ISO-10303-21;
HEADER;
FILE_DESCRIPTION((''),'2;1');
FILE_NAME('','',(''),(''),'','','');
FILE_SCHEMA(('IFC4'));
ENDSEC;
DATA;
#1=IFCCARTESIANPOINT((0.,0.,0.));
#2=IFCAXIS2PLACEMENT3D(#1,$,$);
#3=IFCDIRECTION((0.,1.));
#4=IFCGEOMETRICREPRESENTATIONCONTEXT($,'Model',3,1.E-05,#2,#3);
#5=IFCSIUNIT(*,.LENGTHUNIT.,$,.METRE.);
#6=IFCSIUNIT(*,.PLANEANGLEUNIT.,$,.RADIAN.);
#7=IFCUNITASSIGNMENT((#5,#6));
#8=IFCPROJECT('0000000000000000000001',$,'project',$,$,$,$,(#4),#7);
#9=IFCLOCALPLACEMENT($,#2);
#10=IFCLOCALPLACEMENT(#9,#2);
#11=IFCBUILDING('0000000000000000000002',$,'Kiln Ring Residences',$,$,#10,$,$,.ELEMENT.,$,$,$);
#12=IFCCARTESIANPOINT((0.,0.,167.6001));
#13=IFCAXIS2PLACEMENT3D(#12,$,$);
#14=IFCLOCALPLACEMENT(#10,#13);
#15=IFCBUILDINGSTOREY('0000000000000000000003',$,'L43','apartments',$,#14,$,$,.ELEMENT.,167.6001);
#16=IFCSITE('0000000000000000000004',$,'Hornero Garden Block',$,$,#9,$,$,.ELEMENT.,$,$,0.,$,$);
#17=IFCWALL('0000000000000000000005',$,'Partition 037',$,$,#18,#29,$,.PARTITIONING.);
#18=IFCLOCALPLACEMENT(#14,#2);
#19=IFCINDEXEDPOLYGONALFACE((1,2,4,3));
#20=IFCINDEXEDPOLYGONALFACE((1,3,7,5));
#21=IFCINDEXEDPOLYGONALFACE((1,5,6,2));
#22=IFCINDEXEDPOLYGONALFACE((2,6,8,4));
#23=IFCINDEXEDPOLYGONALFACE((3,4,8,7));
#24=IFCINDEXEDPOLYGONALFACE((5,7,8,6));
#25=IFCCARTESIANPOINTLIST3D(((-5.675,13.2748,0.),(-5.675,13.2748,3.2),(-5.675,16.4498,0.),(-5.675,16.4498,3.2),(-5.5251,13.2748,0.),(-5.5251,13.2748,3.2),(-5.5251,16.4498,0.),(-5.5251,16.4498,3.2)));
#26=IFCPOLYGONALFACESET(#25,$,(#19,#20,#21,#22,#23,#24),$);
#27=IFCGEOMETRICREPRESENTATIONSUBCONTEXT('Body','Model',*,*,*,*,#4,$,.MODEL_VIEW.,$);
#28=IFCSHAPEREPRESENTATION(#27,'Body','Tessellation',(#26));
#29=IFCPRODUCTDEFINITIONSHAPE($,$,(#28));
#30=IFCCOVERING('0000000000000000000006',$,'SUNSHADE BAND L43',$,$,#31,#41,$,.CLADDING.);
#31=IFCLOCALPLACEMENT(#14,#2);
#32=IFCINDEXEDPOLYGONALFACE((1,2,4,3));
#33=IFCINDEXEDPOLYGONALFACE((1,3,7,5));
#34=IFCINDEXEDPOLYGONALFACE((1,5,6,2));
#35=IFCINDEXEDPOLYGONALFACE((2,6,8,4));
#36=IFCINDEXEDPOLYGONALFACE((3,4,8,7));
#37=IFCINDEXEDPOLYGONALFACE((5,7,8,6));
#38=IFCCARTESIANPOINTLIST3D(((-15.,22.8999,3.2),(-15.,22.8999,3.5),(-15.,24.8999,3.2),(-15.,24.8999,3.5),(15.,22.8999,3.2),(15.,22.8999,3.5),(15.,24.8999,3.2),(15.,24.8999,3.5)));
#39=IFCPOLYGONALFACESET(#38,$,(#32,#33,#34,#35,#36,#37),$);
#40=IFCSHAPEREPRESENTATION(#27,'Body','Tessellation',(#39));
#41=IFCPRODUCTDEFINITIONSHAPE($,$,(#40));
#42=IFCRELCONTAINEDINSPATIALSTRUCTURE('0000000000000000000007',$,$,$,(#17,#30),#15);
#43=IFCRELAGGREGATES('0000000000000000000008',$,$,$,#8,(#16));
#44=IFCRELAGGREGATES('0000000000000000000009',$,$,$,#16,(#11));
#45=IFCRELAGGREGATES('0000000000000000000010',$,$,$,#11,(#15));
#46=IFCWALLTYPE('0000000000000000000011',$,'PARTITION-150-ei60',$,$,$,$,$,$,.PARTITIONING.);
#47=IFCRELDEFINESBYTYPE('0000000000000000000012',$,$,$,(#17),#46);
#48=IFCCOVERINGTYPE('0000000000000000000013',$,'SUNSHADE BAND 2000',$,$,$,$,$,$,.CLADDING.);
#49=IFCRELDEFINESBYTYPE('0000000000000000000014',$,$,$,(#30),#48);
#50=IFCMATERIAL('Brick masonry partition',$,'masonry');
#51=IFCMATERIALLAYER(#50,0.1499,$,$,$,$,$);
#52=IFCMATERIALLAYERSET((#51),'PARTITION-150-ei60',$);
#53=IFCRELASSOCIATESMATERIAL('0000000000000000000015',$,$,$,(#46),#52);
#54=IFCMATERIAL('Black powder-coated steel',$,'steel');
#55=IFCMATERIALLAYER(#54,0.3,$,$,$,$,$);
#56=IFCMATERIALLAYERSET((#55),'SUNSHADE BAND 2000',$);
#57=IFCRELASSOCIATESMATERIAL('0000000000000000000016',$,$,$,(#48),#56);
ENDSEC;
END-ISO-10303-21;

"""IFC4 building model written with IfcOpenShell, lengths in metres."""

from ifc_helpers import new_model, si_unit, direction, frame, frame_2d, origin, place, context, subcontext, project, spatial, polyline, rectangle, outline, extrude, material, layer, layer_set, type_object, element, save


model = new_model("IFC4")

# Units and contexts
model_context = context("Model", 3, precision=1e-05, world=origin(), true_north=direction((0.0, 1.0)))
body_context = subcontext(model_context, "Body", "Model", "MODEL_VIEW")
ifc_project = project(units=[si_unit("LENGTHUNIT", "METRE"), si_unit("PLANEANGLEUNIT", "RADIAN")], contexts=[model_context])

# Site, building, storey
site_placement = place(None, origin())
site = spatial("IfcSite", under=ifc_project, at=site_placement, Name="Hornero Garden Block", CompositionType="ELEMENT", RefElevation=0.0)
building_placement = place(site_placement, origin())
building = spatial("IfcBuilding", under=site, at=building_placement, Name="Kiln Ring Residences", CompositionType="ELEMENT")
storey_placement = place(building_placement, frame((0.0, 0.0, 167.6001)))
storey = spatial("IfcBuildingStorey", under=building, at=storey_placement, Name="L43", Description="apartments", CompositionType="ELEMENT", Elevation=167.6001)

# Wall
ifc_material_1 = material(Name="Brick masonry partition", Category="masonry")
ifc_layer_1 = layer(ifc_material_1, 0.1499)
ifc_layer_set_1 = layer_set([ifc_layer_1], Name="PARTITION-150-ei60")
wall_type_1 = type_object("IfcWallType", Name="PARTITION-150-ei60", PredefinedType="PARTITIONING", material=ifc_layer_set_1)
wall_1_placement = place(storey_placement, frame((-5.6001, 13.2749, 0.0), z_axis=(0.0, 0.0, 1.0), x_axis=(0.0, 1.0, 0.0)))
element("IfcWall", 1, at=wall_1_placement, inside=storey, type_object=wall_type_1, Name="Partition 037", PredefinedType="PARTITIONING", context=body_context, shape_type="SweptSolid", body=[
    extrude(rectangle(XDim=3.175, YDim=0.1499, at=frame_2d((1.5874, 0.0))), origin(), (0.0, 0.0, 1.0), 3.2),
])

# Covering
ifc_material_2 = material(Name="Black powder-coated steel", Category="steel")
ifc_layer_2 = layer(ifc_material_2, 0.3)
ifc_layer_set_2 = layer_set([ifc_layer_2], Name="SUNSHADE BAND 2000")
covering_type = type_object("IfcCoveringType", Name="SUNSHADE BAND 2000", PredefinedType="CLADDING", material=ifc_layer_set_2)
covering_placement = place(storey_placement, frame((0.0, 0.0, 3.2)))
element("IfcCovering", 2, at=covering_placement, inside=storey, type_object=covering_type, Name="SUNSHADE BAND L43", PredefinedType="CLADDING", context=body_context, shape_type="SweptSolid", body=[
    extrude(outline(polyline([(15.0, 24.8999), (-15.0, 24.8999), (-15.0, 22.8999), (15.0, 22.8999), (15.0, 24.8999)])), origin(), (0.0, 0.0, 1.0), 0.3),
])

save(model, "model.ifc")
